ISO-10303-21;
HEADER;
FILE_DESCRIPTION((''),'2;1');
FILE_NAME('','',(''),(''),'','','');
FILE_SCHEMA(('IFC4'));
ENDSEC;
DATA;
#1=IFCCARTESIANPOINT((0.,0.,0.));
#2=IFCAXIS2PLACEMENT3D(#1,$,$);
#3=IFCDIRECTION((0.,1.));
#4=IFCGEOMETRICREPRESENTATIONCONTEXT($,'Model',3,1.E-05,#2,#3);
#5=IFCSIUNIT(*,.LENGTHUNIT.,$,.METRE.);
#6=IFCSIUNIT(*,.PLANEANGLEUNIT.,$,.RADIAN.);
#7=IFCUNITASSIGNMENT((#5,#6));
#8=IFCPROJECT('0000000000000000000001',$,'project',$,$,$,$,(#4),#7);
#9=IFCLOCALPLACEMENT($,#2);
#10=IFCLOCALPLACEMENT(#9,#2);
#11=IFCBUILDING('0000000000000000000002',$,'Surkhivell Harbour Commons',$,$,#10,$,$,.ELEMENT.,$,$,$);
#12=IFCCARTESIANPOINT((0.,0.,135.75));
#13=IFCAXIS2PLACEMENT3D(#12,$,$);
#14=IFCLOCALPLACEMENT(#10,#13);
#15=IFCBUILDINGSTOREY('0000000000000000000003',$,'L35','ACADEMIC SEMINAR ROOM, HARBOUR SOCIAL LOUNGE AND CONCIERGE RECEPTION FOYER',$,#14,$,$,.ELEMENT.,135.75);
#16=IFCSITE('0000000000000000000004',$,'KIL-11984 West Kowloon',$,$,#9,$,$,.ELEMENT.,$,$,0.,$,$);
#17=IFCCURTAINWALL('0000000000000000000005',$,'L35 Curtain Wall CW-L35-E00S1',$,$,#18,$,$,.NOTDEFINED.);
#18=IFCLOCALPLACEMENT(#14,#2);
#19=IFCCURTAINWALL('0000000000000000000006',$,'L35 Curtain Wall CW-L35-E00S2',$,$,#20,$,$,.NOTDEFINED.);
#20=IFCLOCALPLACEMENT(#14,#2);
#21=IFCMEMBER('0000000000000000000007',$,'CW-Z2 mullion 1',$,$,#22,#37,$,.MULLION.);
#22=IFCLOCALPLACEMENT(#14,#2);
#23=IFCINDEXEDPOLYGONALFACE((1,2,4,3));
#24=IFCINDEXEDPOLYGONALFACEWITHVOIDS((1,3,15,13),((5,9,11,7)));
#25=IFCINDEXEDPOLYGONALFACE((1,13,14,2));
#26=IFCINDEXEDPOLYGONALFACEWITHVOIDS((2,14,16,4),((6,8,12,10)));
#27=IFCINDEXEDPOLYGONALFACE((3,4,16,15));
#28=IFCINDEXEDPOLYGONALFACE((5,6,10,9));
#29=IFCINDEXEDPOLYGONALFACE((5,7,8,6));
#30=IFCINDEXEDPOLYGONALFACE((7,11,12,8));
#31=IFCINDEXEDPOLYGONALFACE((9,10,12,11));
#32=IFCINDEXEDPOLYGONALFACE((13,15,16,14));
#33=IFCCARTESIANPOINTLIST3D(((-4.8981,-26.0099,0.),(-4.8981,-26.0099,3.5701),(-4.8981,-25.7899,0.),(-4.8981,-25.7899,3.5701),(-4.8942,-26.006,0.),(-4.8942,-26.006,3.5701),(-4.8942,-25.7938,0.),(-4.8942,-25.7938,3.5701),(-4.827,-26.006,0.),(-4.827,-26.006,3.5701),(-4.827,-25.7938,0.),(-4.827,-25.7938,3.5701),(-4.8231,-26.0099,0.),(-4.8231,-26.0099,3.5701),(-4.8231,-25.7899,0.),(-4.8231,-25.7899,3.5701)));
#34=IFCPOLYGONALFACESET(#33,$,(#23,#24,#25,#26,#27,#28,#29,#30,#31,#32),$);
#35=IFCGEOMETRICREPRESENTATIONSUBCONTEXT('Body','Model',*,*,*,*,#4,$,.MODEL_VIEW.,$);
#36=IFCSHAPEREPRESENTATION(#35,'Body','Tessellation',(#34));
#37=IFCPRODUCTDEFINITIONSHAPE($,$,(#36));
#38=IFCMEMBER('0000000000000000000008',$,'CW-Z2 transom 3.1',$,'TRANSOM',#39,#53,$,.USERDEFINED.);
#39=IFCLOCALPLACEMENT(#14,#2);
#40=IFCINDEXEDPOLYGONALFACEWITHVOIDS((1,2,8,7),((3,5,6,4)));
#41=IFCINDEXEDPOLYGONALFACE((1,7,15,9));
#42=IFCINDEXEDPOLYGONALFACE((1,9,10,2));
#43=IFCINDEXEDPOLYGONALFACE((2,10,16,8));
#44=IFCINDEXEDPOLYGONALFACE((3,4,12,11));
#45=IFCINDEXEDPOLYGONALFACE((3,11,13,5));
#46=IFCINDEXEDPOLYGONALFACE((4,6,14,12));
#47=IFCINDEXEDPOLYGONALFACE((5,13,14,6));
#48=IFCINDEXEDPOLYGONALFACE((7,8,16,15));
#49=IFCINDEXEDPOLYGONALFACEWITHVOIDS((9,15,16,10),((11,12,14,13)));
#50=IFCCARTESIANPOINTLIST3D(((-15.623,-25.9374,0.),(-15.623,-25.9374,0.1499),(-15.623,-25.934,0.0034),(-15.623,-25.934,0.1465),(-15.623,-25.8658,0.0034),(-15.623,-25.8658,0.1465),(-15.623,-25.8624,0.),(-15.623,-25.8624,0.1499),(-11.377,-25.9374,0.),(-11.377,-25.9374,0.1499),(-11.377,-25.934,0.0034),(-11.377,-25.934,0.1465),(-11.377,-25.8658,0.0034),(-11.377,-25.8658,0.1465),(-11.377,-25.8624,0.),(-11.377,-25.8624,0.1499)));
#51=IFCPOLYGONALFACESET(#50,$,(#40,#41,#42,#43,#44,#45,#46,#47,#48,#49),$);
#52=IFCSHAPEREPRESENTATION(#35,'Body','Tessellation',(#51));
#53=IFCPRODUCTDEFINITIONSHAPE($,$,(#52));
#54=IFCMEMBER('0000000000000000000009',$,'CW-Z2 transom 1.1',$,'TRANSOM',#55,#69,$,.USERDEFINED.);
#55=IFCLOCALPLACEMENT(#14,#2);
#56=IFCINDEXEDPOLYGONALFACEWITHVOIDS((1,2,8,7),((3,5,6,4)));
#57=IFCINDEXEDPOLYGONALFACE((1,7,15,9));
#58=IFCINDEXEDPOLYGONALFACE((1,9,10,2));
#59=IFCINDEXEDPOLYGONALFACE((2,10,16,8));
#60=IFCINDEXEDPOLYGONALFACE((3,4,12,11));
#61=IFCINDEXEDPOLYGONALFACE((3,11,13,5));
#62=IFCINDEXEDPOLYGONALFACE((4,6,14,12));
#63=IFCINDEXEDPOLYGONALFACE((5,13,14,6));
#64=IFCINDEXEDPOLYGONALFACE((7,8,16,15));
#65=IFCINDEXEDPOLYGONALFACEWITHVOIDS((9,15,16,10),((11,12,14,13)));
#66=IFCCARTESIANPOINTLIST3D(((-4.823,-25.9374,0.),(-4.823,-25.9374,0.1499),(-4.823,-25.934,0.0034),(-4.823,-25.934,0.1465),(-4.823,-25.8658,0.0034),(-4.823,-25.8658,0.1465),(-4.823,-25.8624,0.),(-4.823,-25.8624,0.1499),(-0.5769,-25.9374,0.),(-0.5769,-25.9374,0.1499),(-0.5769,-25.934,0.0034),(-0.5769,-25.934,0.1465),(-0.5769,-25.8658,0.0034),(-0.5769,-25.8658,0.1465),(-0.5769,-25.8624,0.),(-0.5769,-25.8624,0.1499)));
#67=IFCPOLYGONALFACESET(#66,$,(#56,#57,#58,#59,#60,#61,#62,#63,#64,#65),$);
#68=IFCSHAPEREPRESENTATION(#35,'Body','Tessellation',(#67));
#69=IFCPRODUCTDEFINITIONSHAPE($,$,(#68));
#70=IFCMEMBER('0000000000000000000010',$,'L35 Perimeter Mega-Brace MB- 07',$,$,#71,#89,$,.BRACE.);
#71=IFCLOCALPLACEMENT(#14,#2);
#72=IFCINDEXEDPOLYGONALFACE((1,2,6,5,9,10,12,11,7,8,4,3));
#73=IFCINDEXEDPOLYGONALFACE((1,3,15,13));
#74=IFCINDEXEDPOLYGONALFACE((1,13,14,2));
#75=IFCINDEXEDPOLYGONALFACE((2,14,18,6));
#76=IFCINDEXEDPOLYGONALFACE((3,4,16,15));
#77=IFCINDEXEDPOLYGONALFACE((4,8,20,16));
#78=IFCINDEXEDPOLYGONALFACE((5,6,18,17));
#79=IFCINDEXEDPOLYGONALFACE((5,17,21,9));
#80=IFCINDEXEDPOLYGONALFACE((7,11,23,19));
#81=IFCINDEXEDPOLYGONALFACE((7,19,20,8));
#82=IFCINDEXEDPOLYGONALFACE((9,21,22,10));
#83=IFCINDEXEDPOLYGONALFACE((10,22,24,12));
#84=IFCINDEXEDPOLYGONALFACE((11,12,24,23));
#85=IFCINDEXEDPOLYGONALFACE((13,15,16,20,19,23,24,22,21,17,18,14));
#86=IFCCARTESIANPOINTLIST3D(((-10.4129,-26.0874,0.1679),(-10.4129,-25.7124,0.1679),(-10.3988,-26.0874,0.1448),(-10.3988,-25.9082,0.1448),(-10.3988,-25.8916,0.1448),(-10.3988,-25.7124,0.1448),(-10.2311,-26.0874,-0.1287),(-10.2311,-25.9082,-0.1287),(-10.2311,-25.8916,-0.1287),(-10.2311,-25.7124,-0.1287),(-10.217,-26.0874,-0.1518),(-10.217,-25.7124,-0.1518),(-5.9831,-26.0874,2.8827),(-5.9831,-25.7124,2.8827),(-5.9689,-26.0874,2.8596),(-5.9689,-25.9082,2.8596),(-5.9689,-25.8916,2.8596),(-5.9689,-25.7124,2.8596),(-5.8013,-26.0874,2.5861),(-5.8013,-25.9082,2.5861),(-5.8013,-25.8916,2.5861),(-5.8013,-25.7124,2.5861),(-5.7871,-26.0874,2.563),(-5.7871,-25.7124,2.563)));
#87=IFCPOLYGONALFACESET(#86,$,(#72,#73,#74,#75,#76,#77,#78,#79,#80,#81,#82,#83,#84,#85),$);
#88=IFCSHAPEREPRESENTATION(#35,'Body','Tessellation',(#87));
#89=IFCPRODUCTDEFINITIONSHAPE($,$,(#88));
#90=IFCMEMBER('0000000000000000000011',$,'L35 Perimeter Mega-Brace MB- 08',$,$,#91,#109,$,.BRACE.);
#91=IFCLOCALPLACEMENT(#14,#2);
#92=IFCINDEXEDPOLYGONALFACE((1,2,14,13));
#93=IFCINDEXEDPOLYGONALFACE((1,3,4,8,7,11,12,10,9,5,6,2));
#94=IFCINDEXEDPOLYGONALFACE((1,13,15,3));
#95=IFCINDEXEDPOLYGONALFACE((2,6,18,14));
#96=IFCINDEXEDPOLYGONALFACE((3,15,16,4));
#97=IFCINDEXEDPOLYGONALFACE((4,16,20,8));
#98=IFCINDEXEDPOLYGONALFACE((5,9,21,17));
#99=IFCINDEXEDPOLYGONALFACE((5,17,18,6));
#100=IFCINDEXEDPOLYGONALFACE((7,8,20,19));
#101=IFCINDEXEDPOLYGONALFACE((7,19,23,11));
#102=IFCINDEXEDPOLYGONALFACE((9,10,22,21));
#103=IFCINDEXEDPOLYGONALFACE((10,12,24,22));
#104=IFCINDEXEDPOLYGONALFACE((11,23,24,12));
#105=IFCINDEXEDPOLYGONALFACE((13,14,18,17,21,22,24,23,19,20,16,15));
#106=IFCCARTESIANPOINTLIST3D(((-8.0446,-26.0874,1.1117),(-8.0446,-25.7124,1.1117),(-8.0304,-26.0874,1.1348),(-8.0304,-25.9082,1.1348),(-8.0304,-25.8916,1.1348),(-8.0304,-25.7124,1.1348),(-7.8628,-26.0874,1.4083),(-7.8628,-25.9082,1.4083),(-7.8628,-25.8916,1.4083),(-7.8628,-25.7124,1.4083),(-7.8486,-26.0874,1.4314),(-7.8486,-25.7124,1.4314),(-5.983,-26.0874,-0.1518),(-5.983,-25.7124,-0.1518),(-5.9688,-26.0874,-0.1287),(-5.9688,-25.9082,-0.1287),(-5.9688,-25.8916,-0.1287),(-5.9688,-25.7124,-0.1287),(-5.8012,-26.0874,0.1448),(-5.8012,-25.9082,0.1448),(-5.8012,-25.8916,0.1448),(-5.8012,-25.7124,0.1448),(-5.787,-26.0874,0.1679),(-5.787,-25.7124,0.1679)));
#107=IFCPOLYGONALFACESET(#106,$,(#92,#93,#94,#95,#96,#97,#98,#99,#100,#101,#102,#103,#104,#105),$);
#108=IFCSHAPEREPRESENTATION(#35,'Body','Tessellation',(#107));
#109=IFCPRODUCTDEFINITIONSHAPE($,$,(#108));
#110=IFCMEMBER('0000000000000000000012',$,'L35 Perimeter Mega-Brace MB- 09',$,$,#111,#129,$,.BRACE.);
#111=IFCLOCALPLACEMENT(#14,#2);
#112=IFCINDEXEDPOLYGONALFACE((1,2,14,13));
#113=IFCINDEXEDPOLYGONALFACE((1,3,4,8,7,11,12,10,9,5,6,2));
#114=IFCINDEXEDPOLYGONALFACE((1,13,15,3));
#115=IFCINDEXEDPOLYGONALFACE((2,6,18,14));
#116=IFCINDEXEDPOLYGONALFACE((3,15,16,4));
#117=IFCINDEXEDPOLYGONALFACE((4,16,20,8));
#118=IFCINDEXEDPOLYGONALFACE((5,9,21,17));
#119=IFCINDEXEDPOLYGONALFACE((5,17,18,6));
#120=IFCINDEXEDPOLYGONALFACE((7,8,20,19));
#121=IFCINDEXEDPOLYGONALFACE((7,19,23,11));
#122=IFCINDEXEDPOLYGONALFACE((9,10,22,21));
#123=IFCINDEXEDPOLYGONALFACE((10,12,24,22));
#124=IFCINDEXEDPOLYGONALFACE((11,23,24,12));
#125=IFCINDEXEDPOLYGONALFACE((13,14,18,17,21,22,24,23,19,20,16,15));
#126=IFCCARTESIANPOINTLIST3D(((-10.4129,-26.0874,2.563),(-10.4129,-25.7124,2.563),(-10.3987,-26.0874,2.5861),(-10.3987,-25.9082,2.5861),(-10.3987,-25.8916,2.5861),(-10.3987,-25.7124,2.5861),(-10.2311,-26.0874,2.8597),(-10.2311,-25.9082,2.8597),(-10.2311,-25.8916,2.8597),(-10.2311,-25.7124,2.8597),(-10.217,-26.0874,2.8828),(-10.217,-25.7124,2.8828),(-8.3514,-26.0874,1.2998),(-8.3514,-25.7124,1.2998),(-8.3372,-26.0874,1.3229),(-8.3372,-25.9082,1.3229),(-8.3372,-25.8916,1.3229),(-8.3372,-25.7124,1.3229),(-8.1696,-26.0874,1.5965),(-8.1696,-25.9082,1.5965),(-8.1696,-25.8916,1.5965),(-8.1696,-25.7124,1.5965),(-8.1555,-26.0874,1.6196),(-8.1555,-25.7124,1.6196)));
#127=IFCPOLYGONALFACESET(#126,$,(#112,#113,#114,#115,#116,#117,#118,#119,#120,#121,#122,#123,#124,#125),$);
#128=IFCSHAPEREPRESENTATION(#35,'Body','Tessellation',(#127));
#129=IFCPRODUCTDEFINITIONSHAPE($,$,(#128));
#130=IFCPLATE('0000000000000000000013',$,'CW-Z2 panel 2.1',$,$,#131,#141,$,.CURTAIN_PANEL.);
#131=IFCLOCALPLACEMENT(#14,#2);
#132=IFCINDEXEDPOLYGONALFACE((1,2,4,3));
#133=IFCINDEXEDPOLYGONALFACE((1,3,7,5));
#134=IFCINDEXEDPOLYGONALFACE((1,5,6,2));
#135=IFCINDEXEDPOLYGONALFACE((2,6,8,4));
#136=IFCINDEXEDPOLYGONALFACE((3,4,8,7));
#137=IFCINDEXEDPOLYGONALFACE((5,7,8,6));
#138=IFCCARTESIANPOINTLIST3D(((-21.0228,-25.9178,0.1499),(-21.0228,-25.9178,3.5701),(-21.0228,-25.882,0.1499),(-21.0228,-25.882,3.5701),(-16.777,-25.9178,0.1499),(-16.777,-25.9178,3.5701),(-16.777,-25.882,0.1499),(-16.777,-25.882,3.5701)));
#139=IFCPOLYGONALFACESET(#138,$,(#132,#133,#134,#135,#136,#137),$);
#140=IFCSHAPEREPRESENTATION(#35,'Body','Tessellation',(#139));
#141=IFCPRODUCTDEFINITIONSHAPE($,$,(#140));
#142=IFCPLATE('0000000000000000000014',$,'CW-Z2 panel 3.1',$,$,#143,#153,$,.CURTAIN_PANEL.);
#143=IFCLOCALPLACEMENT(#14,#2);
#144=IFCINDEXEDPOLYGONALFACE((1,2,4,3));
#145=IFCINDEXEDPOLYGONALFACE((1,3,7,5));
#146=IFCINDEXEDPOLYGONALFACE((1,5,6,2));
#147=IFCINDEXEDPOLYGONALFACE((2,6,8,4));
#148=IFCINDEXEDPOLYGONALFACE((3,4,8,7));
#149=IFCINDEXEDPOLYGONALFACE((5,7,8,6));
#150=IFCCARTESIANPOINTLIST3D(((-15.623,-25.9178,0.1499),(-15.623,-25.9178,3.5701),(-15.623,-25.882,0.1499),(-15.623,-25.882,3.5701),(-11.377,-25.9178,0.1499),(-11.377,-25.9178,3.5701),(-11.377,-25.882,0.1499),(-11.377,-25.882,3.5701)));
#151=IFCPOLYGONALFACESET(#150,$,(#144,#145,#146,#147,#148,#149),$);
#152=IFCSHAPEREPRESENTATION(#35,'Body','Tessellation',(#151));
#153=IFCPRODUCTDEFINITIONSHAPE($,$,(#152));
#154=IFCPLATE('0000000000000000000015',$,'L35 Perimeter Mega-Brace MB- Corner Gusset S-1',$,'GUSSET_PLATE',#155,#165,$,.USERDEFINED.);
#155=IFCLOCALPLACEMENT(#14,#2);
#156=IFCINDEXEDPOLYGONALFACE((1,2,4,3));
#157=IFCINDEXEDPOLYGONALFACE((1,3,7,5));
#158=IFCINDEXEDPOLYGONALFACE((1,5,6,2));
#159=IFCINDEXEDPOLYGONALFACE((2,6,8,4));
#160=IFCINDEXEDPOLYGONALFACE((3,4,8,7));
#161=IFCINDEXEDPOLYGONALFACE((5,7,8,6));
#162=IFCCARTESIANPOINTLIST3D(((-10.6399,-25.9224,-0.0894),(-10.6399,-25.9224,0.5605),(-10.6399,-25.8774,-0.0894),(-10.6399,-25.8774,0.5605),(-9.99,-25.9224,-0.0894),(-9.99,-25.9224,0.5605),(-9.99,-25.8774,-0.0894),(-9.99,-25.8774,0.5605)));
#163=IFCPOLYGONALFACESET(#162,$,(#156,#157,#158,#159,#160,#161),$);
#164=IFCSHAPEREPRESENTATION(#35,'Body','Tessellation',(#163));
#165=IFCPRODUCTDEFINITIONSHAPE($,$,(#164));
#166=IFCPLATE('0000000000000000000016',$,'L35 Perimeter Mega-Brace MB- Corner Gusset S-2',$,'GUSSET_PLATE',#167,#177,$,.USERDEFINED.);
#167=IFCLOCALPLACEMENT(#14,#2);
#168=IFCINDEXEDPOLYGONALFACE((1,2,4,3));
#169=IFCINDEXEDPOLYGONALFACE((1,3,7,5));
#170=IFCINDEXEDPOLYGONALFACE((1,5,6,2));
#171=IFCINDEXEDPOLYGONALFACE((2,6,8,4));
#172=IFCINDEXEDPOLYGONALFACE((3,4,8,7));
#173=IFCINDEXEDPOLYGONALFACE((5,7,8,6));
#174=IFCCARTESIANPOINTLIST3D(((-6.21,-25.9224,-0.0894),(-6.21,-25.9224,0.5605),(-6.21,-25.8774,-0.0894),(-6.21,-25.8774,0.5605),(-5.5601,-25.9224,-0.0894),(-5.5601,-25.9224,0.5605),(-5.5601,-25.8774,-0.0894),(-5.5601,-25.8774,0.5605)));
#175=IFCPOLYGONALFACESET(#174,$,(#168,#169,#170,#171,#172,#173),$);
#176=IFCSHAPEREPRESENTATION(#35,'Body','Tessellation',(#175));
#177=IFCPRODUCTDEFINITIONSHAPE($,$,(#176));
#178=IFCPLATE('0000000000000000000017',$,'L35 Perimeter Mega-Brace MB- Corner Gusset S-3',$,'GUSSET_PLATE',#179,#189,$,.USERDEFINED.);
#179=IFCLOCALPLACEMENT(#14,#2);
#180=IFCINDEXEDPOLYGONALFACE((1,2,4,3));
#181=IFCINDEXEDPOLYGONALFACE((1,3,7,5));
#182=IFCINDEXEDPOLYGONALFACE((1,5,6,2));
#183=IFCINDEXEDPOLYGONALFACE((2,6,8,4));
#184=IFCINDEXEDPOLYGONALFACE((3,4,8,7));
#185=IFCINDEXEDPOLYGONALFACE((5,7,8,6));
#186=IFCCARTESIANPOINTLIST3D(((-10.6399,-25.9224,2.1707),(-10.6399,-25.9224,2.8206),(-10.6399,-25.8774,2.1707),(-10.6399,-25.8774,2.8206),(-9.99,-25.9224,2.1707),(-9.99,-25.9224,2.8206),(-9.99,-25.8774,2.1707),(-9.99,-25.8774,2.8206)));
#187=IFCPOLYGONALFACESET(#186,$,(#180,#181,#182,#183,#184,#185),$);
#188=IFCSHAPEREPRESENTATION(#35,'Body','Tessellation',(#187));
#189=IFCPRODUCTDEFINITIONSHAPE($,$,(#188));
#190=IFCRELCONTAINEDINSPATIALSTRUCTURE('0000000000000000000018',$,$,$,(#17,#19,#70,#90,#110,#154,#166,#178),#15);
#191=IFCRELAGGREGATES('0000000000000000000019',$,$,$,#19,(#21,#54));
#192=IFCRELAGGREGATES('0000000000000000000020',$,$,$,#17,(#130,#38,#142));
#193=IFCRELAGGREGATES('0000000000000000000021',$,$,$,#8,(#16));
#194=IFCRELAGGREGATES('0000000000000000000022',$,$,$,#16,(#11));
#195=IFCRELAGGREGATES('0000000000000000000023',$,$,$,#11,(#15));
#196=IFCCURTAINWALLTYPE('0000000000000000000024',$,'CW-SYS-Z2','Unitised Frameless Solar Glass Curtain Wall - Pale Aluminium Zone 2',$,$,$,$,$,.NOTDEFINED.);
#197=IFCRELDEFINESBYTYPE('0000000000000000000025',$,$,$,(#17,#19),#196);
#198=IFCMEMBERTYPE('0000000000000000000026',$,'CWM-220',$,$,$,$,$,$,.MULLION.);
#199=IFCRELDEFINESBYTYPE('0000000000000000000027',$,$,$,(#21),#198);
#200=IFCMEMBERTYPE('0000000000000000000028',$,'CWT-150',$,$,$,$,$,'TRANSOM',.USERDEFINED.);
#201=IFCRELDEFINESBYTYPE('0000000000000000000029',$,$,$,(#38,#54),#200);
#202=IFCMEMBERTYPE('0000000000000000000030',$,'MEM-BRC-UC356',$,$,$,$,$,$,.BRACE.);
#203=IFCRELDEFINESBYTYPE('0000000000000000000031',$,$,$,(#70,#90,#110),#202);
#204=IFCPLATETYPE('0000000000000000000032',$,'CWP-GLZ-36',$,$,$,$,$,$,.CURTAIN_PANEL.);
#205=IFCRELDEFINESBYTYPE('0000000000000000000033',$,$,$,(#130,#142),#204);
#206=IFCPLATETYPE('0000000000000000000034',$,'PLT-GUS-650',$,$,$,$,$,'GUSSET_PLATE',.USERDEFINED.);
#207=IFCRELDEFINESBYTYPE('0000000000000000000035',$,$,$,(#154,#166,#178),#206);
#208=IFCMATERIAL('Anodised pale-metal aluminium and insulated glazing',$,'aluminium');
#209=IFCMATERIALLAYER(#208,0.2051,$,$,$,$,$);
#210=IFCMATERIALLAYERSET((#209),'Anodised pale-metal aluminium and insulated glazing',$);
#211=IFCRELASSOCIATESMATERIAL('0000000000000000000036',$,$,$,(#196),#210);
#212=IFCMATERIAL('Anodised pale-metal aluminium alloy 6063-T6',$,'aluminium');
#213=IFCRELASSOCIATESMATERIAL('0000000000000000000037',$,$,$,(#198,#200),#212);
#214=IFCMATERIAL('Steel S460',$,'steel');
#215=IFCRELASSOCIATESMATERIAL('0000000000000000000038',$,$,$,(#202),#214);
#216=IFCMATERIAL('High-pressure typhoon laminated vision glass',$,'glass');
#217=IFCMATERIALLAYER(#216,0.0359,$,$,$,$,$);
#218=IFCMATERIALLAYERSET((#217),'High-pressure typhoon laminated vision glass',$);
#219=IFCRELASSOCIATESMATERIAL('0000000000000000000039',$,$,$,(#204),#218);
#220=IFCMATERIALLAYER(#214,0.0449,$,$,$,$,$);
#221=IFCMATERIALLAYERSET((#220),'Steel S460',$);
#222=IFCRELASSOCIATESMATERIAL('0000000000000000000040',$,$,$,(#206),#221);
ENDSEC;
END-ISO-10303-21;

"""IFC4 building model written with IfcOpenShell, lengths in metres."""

from ifc_helpers import new_model, si_unit, direction, frame, frame_2d, origin, origin_2d, place, context, subcontext, project, spatial, rectangle, hollow_rectangle, i_section, extrude, material, layer, layer_set, material_profile, profile_set, type_object, element, aggregate, save


model = new_model("IFC4")

# Units and contexts
model_context = context("Model", 3, precision=1e-05, world=origin(), true_north=direction((0.0, 1.0)))
body_context = subcontext(model_context, "Body", "Model", "MODEL_VIEW")
ifc_project = project(units=[si_unit("LENGTHUNIT", "METRE"), si_unit("PLANEANGLEUNIT", "RADIAN")], contexts=[model_context])

# Site, building, storey
site_placement = place(None, origin())
site = spatial("IfcSite", under=ifc_project, at=site_placement, Name="KIL-11984 West Kowloon", CompositionType="ELEMENT", RefElevation=0.0)
building_placement = place(site_placement, origin())
building = spatial("IfcBuilding", under=site, at=building_placement, Name="Surkhivell Harbour Commons", CompositionType="ELEMENT")
storey_placement = place(building_placement, frame((0.0, 0.0, 135.75)))
storey = spatial("IfcBuildingStorey", under=building, at=storey_placement, Name="L35", Description="ACADEMIC SEMINAR ROOM, HARBOUR SOCIAL LOUNGE AND CONCIERGE RECEPTION FOYER", CompositionType="ELEMENT", Elevation=135.75)

# Shared definitions
ifc_material_1 = material(Name="Steel S460", Category="steel")

# Curtain wall
ifc_material_2 = material(Name="Anodised pale-metal aluminium and insulated glazing", Category="aluminium")
ifc_layer_1 = layer(ifc_material_2, 0.2051)
ifc_layer_set_1 = layer_set([ifc_layer_1], Name="Anodised pale-metal aluminium and insulated glazing")
curtain_wall_type = type_object("IfcCurtainWallType", Name="CW-SYS-Z2", Description="Unitised Frameless Solar Glass Curtain Wall - Pale Aluminium Zone 2", PredefinedType="NOTDEFINED", material=ifc_layer_set_1)
curtain_wall_1_placement = place(storey_placement, origin())
curtain_wall_1 = element("IfcCurtainWall", 1, at=curtain_wall_1_placement, inside=storey, type_object=curtain_wall_type, Name="L35 Curtain Wall CW-L35-E00S1", PredefinedType="NOTDEFINED")
ifc_material_3 = material(Name="Anodised pale-metal aluminium alloy 6063-T6", Category="aluminium")
ifc_material_profile_1 = material_profile(ifc_material_3, hollow_rectangle(XDim=0.075, YDim=0.22, WallThickness=0.0039, at=origin_2d()), Name="ALU-MULL-75x220")
ifc_profile_set_1 = profile_set([ifc_material_profile_1], Name="Anodised pale-metal aluminium alloy 6063-T6")
member_type_1 = type_object("IfcMemberType", Name="CWM-220", PredefinedType="MULLION", material=ifc_profile_set_1)

# Curtain wall, member
curtain_wall_2_placement = place(storey_placement, origin())
curtain_wall_2 = element("IfcCurtainWall", 2, at=curtain_wall_2_placement, inside=storey, type_object=curtain_wall_type, Name="L35 Curtain Wall CW-L35-E00S2", PredefinedType="NOTDEFINED")
member_1_placement = place(storey_placement, frame((-4.8606, -25.8999, 0.0), z_axis=(0.0, 0.0, 1.0), x_axis=(1.0, 0.0, 0.0)))
member_1 = element("IfcMember", 3, at=member_1_placement, type_object=member_type_1, Name="CW-Z2 mullion 1", PredefinedType="MULLION", context=body_context, shape_type="SweptSolid", body=[
    extrude(hollow_rectangle(XDim=0.075, YDim=0.22, WallThickness=0.0039, at=origin_2d()), origin(), (0.0, 0.0, 1.0), 3.5701),
])

# Members
ifc_material_profile_2 = material_profile(ifc_material_3, hollow_rectangle(XDim=0.075, YDim=0.1499, WallThickness=0.0034, at=origin_2d()), Name="ALU-TRAN-75x150")
ifc_profile_set_2 = profile_set([ifc_material_profile_2], Name="Anodised pale-metal aluminium alloy 6063-T6")
member_type_2 = type_object("IfcMemberType", Name="CWT-150", ElementType="TRANSOM", PredefinedType="USERDEFINED", material=ifc_profile_set_2)
member_2_placement = place(storey_placement, frame((-15.623, -25.8999, 0.075), z_axis=(1.0, 0.0, 0.0), x_axis=(0.0, 1.0, 0.0)))
member_2 = element("IfcMember", 4, at=member_2_placement, type_object=member_type_2, Name="CW-Z2 transom 3.1", ObjectType="TRANSOM", PredefinedType="USERDEFINED", context=body_context, shape_type="SweptSolid", body=[
    extrude(hollow_rectangle(XDim=0.075, YDim=0.1499, WallThickness=0.0034, at=origin_2d()), origin(), (0.0, 0.0, 1.0), 4.2461),
])
member_3_placement = place(storey_placement, frame((-4.823, -25.8999, 0.075), z_axis=(1.0, 0.0, 0.0), x_axis=(0.0, 1.0, 0.0)))
member_3 = element("IfcMember", 5, at=member_3_placement, type_object=member_type_2, Name="CW-Z2 transom 1.1", ObjectType="TRANSOM", PredefinedType="USERDEFINED", context=body_context, shape_type="SweptSolid", body=[
    extrude(hollow_rectangle(XDim=0.075, YDim=0.1499, WallThickness=0.0034, at=origin_2d()), origin(), (0.0, 0.0, 1.0), 4.2461),
])
aggregate(curtain_wall_2, [member_1, member_3])

# Members
ifc_material_profile_3 = material_profile(ifc_material_1, i_section(OverallWidth=0.375, OverallDepth=0.375, WebThickness=0.0166, FlangeThickness=0.0271, at=origin_2d()), Name="UC356x368x202")
ifc_profile_set_3 = profile_set([ifc_material_profile_3], Name="Steel S460")
member_type_3 = type_object("IfcMemberType", Name="MEM-BRC-UC356", PredefinedType="BRACE", material=ifc_profile_set_3)
member_4_placement = place(storey_placement, frame((-10.3149, -25.8999, 0.0081), z_axis=(0.852625, 0.0, 0.522523), x_axis=(0.0, 1.0, 0.0)))
element("IfcMember", 6, at=member_4_placement, inside=storey, type_object=member_type_3, Name="L35 Perimeter Mega-Brace MB- 07", PredefinedType="BRACE", context=body_context, shape_type="SweptSolid", body=[
    extrude(i_section(OverallWidth=0.375, OverallDepth=0.375, WebThickness=0.0166, FlangeThickness=0.0271, at=origin_2d()), origin(), (0.0, 0.0, 1.0), 5.1956),
])
member_5_placement = place(storey_placement, frame((-5.885, -25.8999, 0.0081), z_axis=(-0.852617, 0.0, 0.522536), x_axis=(0.0, -1.0, 0.0)))
element("IfcMember", 7, at=member_5_placement, inside=storey, type_object=member_type_3, Name="L35 Perimeter Mega-Brace MB- 08", PredefinedType="BRACE", context=body_context, shape_type="SweptSolid", body=[
    extrude(i_section(OverallWidth=0.375, OverallDepth=0.375, WebThickness=0.0166, FlangeThickness=0.0271, at=origin_2d()), origin(), (0.0, 0.0, 1.0), 2.418),
])
member_6_placement = place(storey_placement, frame((-8.2534, -25.8999, 1.4597), z_axis=(-0.852662, 0.0, 0.522463), x_axis=(0.0, -1.0, 0.0)))
element("IfcMember", 8, at=member_6_placement, inside=storey, type_object=member_type_3, Name="L35 Perimeter Mega-Brace MB- 09", PredefinedType="BRACE", context=body_context, shape_type="SweptSolid", body=[
    extrude(i_section(OverallWidth=0.375, OverallDepth=0.375, WebThickness=0.0166, FlangeThickness=0.0271, at=origin_2d()), origin(), (0.0, 0.0, 1.0), 2.4177),
])

# Plates
ifc_material_4 = material(Name="High-pressure typhoon laminated vision glass", Category="glass")
ifc_layer_2 = layer(ifc_material_4, 0.0359)
ifc_layer_set_2 = layer_set([ifc_layer_2], Name="High-pressure typhoon laminated vision glass")
plate_type_1 = type_object("IfcPlateType", Name="CWP-GLZ-36", PredefinedType="CURTAIN_PANEL", material=ifc_layer_set_2)
plate_1_placement = place(storey_placement, frame((-21.0229, -25.8999, 0.1499), z_axis=(0.0, 0.0, 1.0), x_axis=(1.0, 0.0, 0.0)))
plate_1 = element("IfcPlate", 9, at=plate_1_placement, type_object=plate_type_1, Name="CW-Z2 panel 2.1", PredefinedType="CURTAIN_PANEL", context=body_context, shape_type="SweptSolid", body=[
    extrude(rectangle(XDim=4.2458, YDim=0.0359, at=frame_2d((2.123, 0.0))), origin(), (0.0, 0.0, 1.0), 3.4202),
])
plate_2_placement = place(storey_placement, frame((-15.623, -25.8999, 0.1499), z_axis=(0.0, 0.0, 1.0), x_axis=(1.0, 0.0, 0.0)))
plate_2 = element("IfcPlate", 10, at=plate_2_placement, type_object=plate_type_1, Name="CW-Z2 panel 3.1", PredefinedType="CURTAIN_PANEL", context=body_context, shape_type="SweptSolid", body=[
    extrude(rectangle(XDim=4.2461, YDim=0.0359, at=frame_2d((2.123, 0.0))), origin(), (0.0, 0.0, 1.0), 3.4202),
])
aggregate(curtain_wall_1, [plate_1, member_2, plate_2])

# Plates
ifc_layer_3 = layer(ifc_material_1, 0.0449)
ifc_layer_set_3 = layer_set([ifc_layer_3], Name="Steel S460")
plate_type_2 = type_object("IfcPlateType", Name="PLT-GUS-650", ElementType="GUSSET_PLATE", PredefinedType="USERDEFINED", material=ifc_layer_set_3)
for number, where, z_axis, x_axis, name in (
    (11, (-10.3149, -25.8999, -0.0894), (0.0, 0.0, 1.0), (1.0, 0.0, 0.0), "L35 Perimeter Mega-Brace MB- Corner Gusset S-1"),
    (12, (-5.885, -25.8999, -0.0894), (0.0, 0.0, 1.0), (1.0, 0.0, 0.0), "L35 Perimeter Mega-Brace MB- Corner Gusset S-2"),
    (13, (-10.3149, -25.8999, 2.1707), (0.0, 0.0, 1.0), (1.0, 0.0, 0.0), "L35 Perimeter Mega-Brace MB- Corner Gusset S-3"),
):
    element("IfcPlate", number, at=place(storey_placement, frame(where, z_axis=z_axis, x_axis=x_axis)), inside=storey, type_object=plate_type_2, Name=name, ObjectType="GUSSET_PLATE", PredefinedType="USERDEFINED", context=body_context, shape_type="SweptSolid", body=[
        extrude(rectangle(XDim=0.6499, YDim=0.0449, at=origin_2d()), origin(), (0.0, 0.0, 1.0), 0.6499),
    ])

save(model, "model.ifc")
